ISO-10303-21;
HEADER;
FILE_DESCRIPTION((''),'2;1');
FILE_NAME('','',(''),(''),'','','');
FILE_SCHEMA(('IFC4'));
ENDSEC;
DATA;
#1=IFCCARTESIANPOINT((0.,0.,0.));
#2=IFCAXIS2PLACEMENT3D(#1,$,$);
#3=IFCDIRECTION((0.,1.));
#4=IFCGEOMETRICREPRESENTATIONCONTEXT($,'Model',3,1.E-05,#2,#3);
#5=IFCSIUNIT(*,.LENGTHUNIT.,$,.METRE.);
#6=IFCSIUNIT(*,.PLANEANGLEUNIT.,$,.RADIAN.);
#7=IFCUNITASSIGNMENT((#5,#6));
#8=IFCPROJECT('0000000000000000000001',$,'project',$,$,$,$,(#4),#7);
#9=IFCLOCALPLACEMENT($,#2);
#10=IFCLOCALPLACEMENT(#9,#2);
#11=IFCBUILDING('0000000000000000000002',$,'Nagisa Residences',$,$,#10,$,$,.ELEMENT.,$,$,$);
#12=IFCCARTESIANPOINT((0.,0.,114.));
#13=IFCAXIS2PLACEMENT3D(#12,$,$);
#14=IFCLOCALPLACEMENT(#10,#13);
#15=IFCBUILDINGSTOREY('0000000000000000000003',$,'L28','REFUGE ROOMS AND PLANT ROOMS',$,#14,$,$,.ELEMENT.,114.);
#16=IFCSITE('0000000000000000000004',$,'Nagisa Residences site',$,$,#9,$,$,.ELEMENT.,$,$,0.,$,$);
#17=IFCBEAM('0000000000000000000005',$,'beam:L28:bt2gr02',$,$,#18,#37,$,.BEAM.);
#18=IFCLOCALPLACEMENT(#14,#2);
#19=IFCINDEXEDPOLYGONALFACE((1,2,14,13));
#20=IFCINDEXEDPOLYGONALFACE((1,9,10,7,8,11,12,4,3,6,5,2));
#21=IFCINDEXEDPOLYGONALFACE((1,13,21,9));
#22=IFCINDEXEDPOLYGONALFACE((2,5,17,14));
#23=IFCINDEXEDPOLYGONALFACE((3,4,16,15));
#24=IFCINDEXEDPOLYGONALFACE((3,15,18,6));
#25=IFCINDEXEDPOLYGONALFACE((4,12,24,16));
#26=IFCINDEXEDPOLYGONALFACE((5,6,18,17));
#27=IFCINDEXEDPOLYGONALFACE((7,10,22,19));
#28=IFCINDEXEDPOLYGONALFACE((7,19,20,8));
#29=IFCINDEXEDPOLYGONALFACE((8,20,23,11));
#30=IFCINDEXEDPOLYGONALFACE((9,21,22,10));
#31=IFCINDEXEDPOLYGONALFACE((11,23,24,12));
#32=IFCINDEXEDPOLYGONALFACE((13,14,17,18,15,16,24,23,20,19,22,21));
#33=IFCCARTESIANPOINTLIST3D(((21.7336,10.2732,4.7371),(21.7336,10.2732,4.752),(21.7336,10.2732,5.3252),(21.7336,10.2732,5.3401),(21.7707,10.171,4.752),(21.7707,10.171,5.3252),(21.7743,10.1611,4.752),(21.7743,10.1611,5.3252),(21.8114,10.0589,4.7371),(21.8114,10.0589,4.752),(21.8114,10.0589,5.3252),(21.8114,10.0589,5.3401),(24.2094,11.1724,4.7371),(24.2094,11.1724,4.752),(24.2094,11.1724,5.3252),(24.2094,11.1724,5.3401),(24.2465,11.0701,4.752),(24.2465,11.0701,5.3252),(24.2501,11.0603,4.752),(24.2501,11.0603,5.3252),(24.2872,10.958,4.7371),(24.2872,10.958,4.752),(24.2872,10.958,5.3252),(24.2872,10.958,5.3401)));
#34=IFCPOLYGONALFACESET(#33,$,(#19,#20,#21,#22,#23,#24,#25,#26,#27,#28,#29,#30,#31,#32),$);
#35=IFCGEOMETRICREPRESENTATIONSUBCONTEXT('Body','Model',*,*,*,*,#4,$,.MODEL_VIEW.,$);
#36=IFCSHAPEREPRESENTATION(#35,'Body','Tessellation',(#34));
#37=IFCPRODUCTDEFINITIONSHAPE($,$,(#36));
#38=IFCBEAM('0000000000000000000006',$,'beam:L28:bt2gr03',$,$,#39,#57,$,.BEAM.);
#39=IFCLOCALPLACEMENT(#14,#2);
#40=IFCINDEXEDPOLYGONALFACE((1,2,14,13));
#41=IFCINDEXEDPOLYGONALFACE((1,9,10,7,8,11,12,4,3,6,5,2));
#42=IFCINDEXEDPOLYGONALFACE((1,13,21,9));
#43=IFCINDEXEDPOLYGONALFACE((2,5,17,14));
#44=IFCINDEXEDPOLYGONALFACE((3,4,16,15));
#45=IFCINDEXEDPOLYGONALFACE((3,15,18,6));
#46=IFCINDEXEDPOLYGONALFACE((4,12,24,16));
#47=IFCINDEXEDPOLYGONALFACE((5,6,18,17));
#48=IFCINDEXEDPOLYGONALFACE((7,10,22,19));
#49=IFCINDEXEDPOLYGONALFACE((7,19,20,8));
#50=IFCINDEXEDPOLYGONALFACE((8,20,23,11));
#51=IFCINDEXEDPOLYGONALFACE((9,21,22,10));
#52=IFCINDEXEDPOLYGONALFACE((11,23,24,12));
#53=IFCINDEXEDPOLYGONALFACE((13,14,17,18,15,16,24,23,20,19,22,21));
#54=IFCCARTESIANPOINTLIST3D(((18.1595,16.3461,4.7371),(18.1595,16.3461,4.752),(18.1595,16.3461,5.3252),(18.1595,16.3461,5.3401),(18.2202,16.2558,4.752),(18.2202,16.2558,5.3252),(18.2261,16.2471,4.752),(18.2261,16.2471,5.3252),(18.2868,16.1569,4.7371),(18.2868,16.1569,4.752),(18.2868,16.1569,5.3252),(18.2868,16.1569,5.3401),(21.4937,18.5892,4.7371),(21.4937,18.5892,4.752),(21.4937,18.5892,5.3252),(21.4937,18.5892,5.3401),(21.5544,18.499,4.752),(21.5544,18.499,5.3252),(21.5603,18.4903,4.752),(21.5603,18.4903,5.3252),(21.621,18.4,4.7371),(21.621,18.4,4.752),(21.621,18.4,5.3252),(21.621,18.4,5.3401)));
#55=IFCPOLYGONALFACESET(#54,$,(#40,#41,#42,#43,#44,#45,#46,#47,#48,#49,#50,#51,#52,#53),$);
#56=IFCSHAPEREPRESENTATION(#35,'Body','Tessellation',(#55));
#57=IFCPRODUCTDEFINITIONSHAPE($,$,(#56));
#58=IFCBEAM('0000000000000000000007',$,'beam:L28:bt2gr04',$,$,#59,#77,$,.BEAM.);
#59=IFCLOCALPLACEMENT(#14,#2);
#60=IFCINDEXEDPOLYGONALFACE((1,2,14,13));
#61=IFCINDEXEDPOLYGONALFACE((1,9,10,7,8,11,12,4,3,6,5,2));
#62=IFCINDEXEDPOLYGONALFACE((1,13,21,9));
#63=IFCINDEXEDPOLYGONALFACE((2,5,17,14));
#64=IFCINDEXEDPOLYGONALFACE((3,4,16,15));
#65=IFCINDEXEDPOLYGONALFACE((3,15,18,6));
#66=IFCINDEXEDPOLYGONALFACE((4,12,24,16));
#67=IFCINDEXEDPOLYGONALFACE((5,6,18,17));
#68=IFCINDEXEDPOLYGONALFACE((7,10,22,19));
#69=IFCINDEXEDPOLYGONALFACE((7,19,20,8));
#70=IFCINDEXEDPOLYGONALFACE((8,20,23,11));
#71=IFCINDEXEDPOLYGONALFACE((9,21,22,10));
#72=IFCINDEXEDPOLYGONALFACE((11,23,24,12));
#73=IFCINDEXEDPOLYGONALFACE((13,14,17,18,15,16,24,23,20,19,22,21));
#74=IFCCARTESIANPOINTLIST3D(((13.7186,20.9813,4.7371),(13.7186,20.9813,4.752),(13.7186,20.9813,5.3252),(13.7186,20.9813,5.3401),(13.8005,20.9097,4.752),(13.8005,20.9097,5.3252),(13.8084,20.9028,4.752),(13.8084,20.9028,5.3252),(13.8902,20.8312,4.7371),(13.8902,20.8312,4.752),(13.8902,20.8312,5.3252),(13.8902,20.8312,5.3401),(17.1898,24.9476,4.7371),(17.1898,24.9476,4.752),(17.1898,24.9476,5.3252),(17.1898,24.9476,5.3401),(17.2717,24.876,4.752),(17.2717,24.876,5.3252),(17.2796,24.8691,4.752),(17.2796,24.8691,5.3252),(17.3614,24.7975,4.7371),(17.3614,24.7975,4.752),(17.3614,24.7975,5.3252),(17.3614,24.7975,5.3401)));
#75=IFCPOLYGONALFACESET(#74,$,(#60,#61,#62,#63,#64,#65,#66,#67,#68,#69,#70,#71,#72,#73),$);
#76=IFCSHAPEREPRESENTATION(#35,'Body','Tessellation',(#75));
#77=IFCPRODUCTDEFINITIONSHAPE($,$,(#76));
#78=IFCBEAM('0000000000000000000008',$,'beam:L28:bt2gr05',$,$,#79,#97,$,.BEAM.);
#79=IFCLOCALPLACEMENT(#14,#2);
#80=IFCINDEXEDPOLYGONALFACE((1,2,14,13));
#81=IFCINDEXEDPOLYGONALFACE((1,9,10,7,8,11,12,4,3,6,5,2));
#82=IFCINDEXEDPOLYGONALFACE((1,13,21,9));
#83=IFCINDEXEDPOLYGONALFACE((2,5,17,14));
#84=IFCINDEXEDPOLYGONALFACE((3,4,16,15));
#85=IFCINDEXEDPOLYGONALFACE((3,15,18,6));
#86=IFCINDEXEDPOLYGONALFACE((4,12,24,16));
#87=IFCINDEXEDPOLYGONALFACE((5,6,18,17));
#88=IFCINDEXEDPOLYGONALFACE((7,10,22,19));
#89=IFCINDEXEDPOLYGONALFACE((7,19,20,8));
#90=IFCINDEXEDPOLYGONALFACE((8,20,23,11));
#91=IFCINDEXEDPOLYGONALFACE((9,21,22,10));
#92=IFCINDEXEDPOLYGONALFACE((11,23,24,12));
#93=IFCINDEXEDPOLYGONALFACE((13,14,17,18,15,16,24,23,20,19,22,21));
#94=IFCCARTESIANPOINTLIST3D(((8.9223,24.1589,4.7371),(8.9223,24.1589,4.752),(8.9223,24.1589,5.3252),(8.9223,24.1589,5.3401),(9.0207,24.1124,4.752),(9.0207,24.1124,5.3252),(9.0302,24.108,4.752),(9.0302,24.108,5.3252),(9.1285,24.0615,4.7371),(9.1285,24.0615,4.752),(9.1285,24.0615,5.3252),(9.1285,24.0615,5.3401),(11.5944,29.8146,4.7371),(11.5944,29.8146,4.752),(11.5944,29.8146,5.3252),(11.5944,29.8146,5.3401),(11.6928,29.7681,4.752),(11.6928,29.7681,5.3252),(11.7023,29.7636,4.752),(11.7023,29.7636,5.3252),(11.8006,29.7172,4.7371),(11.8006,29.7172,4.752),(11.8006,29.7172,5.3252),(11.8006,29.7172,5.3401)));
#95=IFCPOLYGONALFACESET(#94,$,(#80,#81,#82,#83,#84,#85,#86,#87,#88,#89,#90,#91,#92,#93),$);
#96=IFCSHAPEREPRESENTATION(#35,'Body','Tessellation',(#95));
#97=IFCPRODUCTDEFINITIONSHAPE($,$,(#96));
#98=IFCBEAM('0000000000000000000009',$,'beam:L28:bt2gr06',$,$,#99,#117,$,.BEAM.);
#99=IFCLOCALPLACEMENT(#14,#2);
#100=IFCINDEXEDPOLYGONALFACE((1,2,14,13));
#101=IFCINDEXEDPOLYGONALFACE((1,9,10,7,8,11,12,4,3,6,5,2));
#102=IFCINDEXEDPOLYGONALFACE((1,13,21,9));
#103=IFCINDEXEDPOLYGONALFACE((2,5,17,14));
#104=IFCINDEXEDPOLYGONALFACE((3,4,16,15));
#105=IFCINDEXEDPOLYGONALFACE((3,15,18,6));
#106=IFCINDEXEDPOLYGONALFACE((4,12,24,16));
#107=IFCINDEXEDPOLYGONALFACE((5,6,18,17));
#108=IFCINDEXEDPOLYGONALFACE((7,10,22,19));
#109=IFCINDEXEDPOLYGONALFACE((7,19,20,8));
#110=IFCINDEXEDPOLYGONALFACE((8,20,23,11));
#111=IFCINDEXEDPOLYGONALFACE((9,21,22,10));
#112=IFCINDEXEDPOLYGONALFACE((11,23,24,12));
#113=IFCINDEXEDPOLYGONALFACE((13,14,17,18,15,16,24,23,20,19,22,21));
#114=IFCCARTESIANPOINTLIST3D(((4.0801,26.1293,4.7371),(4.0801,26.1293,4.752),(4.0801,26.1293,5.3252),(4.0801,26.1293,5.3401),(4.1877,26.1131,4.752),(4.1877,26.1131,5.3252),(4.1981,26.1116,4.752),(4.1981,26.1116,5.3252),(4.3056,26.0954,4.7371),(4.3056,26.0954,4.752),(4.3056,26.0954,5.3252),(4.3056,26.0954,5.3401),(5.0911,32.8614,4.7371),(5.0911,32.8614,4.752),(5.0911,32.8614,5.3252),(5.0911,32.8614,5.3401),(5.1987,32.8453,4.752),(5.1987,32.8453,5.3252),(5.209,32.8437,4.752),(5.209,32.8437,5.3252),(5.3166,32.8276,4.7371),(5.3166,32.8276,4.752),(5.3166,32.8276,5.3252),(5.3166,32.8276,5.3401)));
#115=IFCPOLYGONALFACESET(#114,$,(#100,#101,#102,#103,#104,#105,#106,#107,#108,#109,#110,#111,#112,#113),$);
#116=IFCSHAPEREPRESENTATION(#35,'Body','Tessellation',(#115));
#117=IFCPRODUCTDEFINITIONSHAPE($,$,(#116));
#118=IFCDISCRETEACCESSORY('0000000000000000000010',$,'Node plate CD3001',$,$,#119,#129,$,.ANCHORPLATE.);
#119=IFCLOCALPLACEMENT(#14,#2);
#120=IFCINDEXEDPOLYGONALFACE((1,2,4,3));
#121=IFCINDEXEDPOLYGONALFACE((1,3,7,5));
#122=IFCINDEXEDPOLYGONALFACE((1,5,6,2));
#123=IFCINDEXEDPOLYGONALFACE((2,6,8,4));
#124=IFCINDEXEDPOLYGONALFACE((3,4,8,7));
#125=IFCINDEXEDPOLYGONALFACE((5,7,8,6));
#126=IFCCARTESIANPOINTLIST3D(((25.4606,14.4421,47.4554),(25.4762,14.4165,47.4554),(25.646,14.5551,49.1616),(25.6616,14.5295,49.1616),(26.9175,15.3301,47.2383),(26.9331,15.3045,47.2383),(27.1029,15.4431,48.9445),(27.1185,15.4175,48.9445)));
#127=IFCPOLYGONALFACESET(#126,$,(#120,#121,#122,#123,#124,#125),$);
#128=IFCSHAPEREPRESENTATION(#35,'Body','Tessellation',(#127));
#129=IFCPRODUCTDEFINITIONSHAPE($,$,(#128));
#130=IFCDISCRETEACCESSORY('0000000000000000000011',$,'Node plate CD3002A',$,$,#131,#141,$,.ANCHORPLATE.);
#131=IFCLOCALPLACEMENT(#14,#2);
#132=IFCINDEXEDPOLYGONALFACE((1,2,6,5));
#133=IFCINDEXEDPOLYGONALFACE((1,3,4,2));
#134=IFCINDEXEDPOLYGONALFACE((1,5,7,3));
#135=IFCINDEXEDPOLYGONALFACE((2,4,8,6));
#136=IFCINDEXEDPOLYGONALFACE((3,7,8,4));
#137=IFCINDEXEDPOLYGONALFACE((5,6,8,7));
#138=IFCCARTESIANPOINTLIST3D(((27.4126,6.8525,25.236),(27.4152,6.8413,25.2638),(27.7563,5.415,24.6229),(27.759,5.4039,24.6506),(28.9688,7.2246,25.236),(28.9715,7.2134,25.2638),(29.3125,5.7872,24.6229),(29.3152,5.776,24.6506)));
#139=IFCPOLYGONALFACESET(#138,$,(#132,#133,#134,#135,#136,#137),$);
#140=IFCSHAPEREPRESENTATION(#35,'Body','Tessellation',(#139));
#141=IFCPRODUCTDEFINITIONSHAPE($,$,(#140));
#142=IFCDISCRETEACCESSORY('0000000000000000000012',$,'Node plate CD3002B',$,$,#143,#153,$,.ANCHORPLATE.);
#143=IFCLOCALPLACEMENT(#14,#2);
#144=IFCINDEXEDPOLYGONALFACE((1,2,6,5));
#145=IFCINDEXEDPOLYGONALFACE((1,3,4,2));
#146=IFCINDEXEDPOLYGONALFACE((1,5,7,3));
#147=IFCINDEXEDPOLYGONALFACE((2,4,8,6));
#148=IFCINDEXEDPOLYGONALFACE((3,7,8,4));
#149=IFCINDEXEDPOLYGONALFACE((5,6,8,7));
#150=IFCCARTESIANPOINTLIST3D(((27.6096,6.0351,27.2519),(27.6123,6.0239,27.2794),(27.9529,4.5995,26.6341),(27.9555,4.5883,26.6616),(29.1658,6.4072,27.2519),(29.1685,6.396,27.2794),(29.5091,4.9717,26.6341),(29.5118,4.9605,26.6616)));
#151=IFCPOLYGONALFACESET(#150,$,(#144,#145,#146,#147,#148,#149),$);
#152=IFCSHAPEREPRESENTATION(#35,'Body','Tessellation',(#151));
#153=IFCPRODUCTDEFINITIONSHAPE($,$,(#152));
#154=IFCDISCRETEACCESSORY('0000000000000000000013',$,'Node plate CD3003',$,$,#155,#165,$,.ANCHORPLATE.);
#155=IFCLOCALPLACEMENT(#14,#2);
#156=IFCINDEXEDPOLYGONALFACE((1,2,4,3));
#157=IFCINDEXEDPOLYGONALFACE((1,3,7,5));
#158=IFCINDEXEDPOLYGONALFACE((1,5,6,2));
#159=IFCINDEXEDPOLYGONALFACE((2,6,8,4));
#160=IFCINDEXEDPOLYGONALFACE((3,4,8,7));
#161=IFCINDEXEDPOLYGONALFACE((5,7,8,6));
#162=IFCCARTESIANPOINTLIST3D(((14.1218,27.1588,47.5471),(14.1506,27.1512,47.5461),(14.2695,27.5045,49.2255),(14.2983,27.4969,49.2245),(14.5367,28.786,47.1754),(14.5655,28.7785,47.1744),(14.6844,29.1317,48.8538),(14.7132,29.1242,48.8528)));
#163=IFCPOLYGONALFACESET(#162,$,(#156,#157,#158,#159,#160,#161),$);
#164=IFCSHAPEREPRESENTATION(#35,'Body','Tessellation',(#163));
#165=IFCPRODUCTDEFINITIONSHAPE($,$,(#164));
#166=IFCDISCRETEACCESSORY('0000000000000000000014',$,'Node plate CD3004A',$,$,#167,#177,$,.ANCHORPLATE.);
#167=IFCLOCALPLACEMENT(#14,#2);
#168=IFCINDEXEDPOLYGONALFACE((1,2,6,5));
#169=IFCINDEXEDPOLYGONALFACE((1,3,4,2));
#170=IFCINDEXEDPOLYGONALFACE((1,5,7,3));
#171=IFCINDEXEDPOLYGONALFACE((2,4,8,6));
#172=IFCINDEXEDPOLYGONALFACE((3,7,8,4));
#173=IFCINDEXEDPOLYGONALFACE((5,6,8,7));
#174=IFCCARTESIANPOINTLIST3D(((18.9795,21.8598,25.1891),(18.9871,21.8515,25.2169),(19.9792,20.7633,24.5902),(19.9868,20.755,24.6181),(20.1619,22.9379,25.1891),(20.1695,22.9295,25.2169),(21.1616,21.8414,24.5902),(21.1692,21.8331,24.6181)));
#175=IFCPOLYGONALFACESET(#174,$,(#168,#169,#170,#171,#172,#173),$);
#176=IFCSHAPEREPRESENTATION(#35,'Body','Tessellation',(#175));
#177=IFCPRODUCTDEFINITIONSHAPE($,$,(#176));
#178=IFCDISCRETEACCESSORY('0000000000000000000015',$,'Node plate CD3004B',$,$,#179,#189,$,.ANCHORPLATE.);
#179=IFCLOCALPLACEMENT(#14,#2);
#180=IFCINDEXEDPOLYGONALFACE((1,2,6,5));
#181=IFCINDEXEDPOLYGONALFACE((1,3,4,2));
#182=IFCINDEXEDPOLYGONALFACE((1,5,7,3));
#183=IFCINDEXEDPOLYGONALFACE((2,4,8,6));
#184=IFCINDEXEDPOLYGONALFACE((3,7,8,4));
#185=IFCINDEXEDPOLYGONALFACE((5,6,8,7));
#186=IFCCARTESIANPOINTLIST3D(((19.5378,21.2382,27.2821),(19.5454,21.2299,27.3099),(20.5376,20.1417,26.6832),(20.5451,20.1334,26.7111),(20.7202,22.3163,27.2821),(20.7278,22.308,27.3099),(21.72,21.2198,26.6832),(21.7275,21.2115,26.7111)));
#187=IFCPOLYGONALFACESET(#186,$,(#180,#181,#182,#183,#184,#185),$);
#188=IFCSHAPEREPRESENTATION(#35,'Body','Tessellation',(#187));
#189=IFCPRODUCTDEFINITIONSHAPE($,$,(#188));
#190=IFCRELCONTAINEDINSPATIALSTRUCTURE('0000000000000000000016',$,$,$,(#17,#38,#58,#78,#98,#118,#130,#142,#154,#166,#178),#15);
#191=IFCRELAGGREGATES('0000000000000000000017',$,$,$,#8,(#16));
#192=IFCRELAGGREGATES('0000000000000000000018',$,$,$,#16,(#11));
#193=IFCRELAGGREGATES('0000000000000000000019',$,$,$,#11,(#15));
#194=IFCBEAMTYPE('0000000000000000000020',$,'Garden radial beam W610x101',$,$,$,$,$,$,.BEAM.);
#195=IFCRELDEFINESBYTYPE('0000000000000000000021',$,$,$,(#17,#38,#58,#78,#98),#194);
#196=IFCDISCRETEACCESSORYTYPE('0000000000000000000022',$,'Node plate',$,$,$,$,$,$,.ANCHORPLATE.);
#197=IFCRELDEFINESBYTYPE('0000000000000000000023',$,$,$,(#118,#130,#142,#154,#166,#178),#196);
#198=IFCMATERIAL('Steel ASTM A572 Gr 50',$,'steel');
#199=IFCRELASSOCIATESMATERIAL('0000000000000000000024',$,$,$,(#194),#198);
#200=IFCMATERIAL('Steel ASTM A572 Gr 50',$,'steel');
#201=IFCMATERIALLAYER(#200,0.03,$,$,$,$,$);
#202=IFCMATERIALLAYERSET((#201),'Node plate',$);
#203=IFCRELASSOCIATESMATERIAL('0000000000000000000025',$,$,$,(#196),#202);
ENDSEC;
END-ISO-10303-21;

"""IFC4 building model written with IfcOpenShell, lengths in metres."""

from ifc_helpers import new_model, si_unit, direction, frame, origin, origin_2d, place, context, subcontext, project, spatial, rectangle, i_section, extrude, material, layer, layer_set, material_profile, profile_set, type_object, element, save


model = new_model("IFC4")

# Units and contexts
model_context = context("Model", 3, precision=1e-05, world=origin(), true_north=direction((0.0, 1.0)))
body_context = subcontext(model_context, "Body", "Model", "MODEL_VIEW")
ifc_project = project(units=[si_unit("LENGTHUNIT", "METRE"), si_unit("PLANEANGLEUNIT", "RADIAN")], contexts=[model_context])

# Site, building, storey
site_placement = place(None, origin())
site = spatial("IfcSite", under=ifc_project, at=site_placement, Name="Nagisa Residences site", CompositionType="ELEMENT", RefElevation=0.0)
building_placement = place(site_placement, origin())
building = spatial("IfcBuilding", under=site, at=building_placement, Name="Nagisa Residences", CompositionType="ELEMENT")
storey_placement = place(building_placement, frame((0.0, 0.0, 114.0)))
storey = spatial("IfcBuildingStorey", under=building, at=storey_placement, Name="L28", Description="REFUGE ROOMS AND PLANT ROOMS", CompositionType="ELEMENT", Elevation=114.0)

# Beams
ifc_material_1 = material(Name="Steel ASTM A572 Gr 50", Category="steel")
ifc_material_profile_1 = material_profile(ifc_material_1, i_section(OverallWidth=0.228, OverallDepth=0.603, WebThickness=0.0105, FlangeThickness=0.0149, at=origin_2d()), Name="W610x101")
ifc_profile_set_1 = profile_set([ifc_material_profile_1], Name="Steel ASTM A572 Gr 50")
beam_type_1 = type_object("IfcBeamType", Name="Garden radial beam W610x101", PredefinedType="BEAM", material=ifc_profile_set_1)
beam_1_placement = place(storey_placement, frame((24.2483, 11.0652, 5.0386), z_axis=(-0.939931, -0.341363, 0.0), x_axis=(0.341363, -0.939931, 0.0)))
element("IfcBeam", 1, at=beam_1_placement, inside=storey, type_object=beam_type_1, Name="beam:L28:bt2gr02", PredefinedType="BEAM", context=body_context, shape_type="SweptSolid", body=[
    extrude(i_section(OverallWidth=0.228, OverallDepth=0.603, WebThickness=0.0105, FlangeThickness=0.0149, at=origin_2d()), origin(), (0.0, 0.0, 1.0), 2.634),
])
beam_2_placement = place(storey_placement, frame((21.5574, 18.4946, 5.0386), z_axis=(-0.829706, -0.5582, 0.0), x_axis=(0.5582, -0.829706, 0.0)))
element("IfcBeam", 2, at=beam_2_placement, inside=storey, type_object=beam_type_1, Name="beam:L28:bt2gr03", PredefinedType="BEAM", context=body_context, shape_type="SweptSolid", body=[
    extrude(i_section(OverallWidth=0.228, OverallDepth=0.603, WebThickness=0.0105, FlangeThickness=0.0149, at=origin_2d()), origin(), (0.0, 0.0, 1.0), 4.0186),
])
beam_3_placement = place(storey_placement, frame((17.2756, 24.8726, 5.0386), z_axis=(-0.658577, -0.752514, 0.0), x_axis=(0.752514, -0.658577, 0.0)))
element("IfcBeam", 3, at=beam_3_placement, inside=storey, type_object=beam_type_1, Name="beam:L28:bt2gr04", PredefinedType="BEAM", context=body_context, shape_type="SweptSolid", body=[
    extrude(i_section(OverallWidth=0.228, OverallDepth=0.603, WebThickness=0.0105, FlangeThickness=0.0149, at=origin_2d()), origin(), (0.0, 0.0, 1.0), 5.2708),
])
beam_4_placement = place(storey_placement, frame((11.6975, 29.7659, 5.0386), z_axis=(-0.427182, -0.904166, 0.0), x_axis=(0.904166, -0.427182, 0.0)))
element("IfcBeam", 4, at=beam_4_placement, inside=storey, type_object=beam_type_1, Name="beam:L28:bt2gr05", PredefinedType="BEAM", context=body_context, shape_type="SweptSolid", body=[
    extrude(i_section(OverallWidth=0.228, OverallDepth=0.603, WebThickness=0.0105, FlangeThickness=0.0149, at=origin_2d()), origin(), (0.0, 0.0, 1.0), 6.2551),
])
beam_5_placement = place(storey_placement, frame((5.2039, 32.8445, 5.0386), z_axis=(-0.148507, -0.988911, 0.0), x_axis=(0.988911, -0.148507, 0.0)))
element("IfcBeam", 5, at=beam_5_placement, inside=storey, type_object=beam_type_1, Name="beam:L28:bt2gr06", PredefinedType="BEAM", context=body_context, shape_type="SweptSolid", body=[
    extrude(i_section(OverallWidth=0.228, OverallDepth=0.603, WebThickness=0.0105, FlangeThickness=0.0149, at=origin_2d()), origin(), (0.0, 0.0, 1.0), 6.8076),
])

# Discrete accessories
ifc_material_2 = material(Name="Steel ASTM A572 Gr 50", Category="steel")
ifc_layer = layer(ifc_material_2, 0.03)
ifc_layer_set = layer_set([ifc_layer], Name="Node plate")
discrete_accessory_type = type_object("IfcDiscreteAccessoryType", Name="Node plate", PredefinedType="ANCHORPLATE", material=ifc_layer_set)
discrete_accessory_1_placement = place(storey_placement, frame((26.2817, 14.9426, 48.2), z_axis=(0.520463, -0.853884, 0.0), x_axis=(-0.10777, -0.065688, -0.992003)))
element("IfcDiscreteAccessory", 6, at=discrete_accessory_1_placement, inside=storey, type_object=discrete_accessory_type, Name="Node plate CD3001", PredefinedType="ANCHORPLATE", context=body_context, shape_type="SweptSolid", body=[
    extrude(rectangle(XDim=1.72, YDim=1.72, at=origin_2d()), origin(), (0.0, 0.0, 1.0), 0.03),
])
discrete_accessory_2_placement = place(storey_placement, frame((28.3625, 6.3198, 24.9294), z_axis=(0.089125, -0.372705, 0.92366), x_axis=(0.972579, 0.232573, 0.0)))
element("IfcDiscreteAccessory", 7, at=discrete_accessory_2_placement, inside=storey, type_object=discrete_accessory_type, Name="Node plate CD3002A", PredefinedType="ANCHORPLATE", context=body_context, shape_type="SweptSolid", body=[
    extrude(rectangle(XDim=1.6001, YDim=1.6001, at=origin_2d()), origin(), (0.0, 0.0, 1.0), 0.03),
])
discrete_accessory_3_placement = place(storey_placement, frame((28.562, 5.4922, 26.9705), z_axis=(-0.089797, 0.375513, -0.922457), x_axis=(-0.972579, -0.232573, 0.0)))
element("IfcDiscreteAccessory", 8, at=discrete_accessory_3_placement, inside=storey, type_object=discrete_accessory_type, Name="Node plate CD3002B", PredefinedType="ANCHORPLATE", context=body_context, shape_type="SweptSolid", body=[
    extrude(rectangle(XDim=1.6001, YDim=1.6001, at=origin_2d()), origin(), (0.0, 0.0, 1.0), 0.0298),
])
discrete_accessory_4_placement = place(storey_placement, frame((14.4319, 28.1377, 48.1995), z_axis=(-0.966661, 0.253953, 0.032768), x_axis=(-0.085881, -0.200988, -0.975822)))
element("IfcDiscreteAccessory", 9, at=discrete_accessory_4_placement, inside=storey, type_object=discrete_accessory_type, Name="Node plate CD3003", PredefinedType="ANCHORPLATE", context=body_context, shape_type="SweptSolid", body=[
    extrude(rectangle(XDim=1.72, YDim=1.72, at=origin_2d()), origin(), (0.0, 0.0, 1.0), 0.0298),
])
for number, where, z_axis, x_axis, name in (
    (10, (20.0706, 21.8506, 24.8896), (0.252166, -0.276569, 0.92732), (0.738956, 0.673754, 0.0), "Node plate CD3004A"),
    (11, (20.6365, 21.2207, 27.0105), (-0.252166, 0.276569, -0.92732), (-0.738956, -0.673754, 0.0), "Node plate CD3004B"),
):
    element("IfcDiscreteAccessory", number, at=place(storey_placement, frame(where, z_axis=z_axis, x_axis=x_axis)), inside=storey, type_object=discrete_accessory_type, Name=name, PredefinedType="ANCHORPLATE", context=body_context, shape_type="SweptSolid", body=[
        extrude(rectangle(XDim=1.6001, YDim=1.6001, at=origin_2d()), origin(), (0.0, 0.0, 1.0), 0.03),
    ])

save(model, "model.ifc")
